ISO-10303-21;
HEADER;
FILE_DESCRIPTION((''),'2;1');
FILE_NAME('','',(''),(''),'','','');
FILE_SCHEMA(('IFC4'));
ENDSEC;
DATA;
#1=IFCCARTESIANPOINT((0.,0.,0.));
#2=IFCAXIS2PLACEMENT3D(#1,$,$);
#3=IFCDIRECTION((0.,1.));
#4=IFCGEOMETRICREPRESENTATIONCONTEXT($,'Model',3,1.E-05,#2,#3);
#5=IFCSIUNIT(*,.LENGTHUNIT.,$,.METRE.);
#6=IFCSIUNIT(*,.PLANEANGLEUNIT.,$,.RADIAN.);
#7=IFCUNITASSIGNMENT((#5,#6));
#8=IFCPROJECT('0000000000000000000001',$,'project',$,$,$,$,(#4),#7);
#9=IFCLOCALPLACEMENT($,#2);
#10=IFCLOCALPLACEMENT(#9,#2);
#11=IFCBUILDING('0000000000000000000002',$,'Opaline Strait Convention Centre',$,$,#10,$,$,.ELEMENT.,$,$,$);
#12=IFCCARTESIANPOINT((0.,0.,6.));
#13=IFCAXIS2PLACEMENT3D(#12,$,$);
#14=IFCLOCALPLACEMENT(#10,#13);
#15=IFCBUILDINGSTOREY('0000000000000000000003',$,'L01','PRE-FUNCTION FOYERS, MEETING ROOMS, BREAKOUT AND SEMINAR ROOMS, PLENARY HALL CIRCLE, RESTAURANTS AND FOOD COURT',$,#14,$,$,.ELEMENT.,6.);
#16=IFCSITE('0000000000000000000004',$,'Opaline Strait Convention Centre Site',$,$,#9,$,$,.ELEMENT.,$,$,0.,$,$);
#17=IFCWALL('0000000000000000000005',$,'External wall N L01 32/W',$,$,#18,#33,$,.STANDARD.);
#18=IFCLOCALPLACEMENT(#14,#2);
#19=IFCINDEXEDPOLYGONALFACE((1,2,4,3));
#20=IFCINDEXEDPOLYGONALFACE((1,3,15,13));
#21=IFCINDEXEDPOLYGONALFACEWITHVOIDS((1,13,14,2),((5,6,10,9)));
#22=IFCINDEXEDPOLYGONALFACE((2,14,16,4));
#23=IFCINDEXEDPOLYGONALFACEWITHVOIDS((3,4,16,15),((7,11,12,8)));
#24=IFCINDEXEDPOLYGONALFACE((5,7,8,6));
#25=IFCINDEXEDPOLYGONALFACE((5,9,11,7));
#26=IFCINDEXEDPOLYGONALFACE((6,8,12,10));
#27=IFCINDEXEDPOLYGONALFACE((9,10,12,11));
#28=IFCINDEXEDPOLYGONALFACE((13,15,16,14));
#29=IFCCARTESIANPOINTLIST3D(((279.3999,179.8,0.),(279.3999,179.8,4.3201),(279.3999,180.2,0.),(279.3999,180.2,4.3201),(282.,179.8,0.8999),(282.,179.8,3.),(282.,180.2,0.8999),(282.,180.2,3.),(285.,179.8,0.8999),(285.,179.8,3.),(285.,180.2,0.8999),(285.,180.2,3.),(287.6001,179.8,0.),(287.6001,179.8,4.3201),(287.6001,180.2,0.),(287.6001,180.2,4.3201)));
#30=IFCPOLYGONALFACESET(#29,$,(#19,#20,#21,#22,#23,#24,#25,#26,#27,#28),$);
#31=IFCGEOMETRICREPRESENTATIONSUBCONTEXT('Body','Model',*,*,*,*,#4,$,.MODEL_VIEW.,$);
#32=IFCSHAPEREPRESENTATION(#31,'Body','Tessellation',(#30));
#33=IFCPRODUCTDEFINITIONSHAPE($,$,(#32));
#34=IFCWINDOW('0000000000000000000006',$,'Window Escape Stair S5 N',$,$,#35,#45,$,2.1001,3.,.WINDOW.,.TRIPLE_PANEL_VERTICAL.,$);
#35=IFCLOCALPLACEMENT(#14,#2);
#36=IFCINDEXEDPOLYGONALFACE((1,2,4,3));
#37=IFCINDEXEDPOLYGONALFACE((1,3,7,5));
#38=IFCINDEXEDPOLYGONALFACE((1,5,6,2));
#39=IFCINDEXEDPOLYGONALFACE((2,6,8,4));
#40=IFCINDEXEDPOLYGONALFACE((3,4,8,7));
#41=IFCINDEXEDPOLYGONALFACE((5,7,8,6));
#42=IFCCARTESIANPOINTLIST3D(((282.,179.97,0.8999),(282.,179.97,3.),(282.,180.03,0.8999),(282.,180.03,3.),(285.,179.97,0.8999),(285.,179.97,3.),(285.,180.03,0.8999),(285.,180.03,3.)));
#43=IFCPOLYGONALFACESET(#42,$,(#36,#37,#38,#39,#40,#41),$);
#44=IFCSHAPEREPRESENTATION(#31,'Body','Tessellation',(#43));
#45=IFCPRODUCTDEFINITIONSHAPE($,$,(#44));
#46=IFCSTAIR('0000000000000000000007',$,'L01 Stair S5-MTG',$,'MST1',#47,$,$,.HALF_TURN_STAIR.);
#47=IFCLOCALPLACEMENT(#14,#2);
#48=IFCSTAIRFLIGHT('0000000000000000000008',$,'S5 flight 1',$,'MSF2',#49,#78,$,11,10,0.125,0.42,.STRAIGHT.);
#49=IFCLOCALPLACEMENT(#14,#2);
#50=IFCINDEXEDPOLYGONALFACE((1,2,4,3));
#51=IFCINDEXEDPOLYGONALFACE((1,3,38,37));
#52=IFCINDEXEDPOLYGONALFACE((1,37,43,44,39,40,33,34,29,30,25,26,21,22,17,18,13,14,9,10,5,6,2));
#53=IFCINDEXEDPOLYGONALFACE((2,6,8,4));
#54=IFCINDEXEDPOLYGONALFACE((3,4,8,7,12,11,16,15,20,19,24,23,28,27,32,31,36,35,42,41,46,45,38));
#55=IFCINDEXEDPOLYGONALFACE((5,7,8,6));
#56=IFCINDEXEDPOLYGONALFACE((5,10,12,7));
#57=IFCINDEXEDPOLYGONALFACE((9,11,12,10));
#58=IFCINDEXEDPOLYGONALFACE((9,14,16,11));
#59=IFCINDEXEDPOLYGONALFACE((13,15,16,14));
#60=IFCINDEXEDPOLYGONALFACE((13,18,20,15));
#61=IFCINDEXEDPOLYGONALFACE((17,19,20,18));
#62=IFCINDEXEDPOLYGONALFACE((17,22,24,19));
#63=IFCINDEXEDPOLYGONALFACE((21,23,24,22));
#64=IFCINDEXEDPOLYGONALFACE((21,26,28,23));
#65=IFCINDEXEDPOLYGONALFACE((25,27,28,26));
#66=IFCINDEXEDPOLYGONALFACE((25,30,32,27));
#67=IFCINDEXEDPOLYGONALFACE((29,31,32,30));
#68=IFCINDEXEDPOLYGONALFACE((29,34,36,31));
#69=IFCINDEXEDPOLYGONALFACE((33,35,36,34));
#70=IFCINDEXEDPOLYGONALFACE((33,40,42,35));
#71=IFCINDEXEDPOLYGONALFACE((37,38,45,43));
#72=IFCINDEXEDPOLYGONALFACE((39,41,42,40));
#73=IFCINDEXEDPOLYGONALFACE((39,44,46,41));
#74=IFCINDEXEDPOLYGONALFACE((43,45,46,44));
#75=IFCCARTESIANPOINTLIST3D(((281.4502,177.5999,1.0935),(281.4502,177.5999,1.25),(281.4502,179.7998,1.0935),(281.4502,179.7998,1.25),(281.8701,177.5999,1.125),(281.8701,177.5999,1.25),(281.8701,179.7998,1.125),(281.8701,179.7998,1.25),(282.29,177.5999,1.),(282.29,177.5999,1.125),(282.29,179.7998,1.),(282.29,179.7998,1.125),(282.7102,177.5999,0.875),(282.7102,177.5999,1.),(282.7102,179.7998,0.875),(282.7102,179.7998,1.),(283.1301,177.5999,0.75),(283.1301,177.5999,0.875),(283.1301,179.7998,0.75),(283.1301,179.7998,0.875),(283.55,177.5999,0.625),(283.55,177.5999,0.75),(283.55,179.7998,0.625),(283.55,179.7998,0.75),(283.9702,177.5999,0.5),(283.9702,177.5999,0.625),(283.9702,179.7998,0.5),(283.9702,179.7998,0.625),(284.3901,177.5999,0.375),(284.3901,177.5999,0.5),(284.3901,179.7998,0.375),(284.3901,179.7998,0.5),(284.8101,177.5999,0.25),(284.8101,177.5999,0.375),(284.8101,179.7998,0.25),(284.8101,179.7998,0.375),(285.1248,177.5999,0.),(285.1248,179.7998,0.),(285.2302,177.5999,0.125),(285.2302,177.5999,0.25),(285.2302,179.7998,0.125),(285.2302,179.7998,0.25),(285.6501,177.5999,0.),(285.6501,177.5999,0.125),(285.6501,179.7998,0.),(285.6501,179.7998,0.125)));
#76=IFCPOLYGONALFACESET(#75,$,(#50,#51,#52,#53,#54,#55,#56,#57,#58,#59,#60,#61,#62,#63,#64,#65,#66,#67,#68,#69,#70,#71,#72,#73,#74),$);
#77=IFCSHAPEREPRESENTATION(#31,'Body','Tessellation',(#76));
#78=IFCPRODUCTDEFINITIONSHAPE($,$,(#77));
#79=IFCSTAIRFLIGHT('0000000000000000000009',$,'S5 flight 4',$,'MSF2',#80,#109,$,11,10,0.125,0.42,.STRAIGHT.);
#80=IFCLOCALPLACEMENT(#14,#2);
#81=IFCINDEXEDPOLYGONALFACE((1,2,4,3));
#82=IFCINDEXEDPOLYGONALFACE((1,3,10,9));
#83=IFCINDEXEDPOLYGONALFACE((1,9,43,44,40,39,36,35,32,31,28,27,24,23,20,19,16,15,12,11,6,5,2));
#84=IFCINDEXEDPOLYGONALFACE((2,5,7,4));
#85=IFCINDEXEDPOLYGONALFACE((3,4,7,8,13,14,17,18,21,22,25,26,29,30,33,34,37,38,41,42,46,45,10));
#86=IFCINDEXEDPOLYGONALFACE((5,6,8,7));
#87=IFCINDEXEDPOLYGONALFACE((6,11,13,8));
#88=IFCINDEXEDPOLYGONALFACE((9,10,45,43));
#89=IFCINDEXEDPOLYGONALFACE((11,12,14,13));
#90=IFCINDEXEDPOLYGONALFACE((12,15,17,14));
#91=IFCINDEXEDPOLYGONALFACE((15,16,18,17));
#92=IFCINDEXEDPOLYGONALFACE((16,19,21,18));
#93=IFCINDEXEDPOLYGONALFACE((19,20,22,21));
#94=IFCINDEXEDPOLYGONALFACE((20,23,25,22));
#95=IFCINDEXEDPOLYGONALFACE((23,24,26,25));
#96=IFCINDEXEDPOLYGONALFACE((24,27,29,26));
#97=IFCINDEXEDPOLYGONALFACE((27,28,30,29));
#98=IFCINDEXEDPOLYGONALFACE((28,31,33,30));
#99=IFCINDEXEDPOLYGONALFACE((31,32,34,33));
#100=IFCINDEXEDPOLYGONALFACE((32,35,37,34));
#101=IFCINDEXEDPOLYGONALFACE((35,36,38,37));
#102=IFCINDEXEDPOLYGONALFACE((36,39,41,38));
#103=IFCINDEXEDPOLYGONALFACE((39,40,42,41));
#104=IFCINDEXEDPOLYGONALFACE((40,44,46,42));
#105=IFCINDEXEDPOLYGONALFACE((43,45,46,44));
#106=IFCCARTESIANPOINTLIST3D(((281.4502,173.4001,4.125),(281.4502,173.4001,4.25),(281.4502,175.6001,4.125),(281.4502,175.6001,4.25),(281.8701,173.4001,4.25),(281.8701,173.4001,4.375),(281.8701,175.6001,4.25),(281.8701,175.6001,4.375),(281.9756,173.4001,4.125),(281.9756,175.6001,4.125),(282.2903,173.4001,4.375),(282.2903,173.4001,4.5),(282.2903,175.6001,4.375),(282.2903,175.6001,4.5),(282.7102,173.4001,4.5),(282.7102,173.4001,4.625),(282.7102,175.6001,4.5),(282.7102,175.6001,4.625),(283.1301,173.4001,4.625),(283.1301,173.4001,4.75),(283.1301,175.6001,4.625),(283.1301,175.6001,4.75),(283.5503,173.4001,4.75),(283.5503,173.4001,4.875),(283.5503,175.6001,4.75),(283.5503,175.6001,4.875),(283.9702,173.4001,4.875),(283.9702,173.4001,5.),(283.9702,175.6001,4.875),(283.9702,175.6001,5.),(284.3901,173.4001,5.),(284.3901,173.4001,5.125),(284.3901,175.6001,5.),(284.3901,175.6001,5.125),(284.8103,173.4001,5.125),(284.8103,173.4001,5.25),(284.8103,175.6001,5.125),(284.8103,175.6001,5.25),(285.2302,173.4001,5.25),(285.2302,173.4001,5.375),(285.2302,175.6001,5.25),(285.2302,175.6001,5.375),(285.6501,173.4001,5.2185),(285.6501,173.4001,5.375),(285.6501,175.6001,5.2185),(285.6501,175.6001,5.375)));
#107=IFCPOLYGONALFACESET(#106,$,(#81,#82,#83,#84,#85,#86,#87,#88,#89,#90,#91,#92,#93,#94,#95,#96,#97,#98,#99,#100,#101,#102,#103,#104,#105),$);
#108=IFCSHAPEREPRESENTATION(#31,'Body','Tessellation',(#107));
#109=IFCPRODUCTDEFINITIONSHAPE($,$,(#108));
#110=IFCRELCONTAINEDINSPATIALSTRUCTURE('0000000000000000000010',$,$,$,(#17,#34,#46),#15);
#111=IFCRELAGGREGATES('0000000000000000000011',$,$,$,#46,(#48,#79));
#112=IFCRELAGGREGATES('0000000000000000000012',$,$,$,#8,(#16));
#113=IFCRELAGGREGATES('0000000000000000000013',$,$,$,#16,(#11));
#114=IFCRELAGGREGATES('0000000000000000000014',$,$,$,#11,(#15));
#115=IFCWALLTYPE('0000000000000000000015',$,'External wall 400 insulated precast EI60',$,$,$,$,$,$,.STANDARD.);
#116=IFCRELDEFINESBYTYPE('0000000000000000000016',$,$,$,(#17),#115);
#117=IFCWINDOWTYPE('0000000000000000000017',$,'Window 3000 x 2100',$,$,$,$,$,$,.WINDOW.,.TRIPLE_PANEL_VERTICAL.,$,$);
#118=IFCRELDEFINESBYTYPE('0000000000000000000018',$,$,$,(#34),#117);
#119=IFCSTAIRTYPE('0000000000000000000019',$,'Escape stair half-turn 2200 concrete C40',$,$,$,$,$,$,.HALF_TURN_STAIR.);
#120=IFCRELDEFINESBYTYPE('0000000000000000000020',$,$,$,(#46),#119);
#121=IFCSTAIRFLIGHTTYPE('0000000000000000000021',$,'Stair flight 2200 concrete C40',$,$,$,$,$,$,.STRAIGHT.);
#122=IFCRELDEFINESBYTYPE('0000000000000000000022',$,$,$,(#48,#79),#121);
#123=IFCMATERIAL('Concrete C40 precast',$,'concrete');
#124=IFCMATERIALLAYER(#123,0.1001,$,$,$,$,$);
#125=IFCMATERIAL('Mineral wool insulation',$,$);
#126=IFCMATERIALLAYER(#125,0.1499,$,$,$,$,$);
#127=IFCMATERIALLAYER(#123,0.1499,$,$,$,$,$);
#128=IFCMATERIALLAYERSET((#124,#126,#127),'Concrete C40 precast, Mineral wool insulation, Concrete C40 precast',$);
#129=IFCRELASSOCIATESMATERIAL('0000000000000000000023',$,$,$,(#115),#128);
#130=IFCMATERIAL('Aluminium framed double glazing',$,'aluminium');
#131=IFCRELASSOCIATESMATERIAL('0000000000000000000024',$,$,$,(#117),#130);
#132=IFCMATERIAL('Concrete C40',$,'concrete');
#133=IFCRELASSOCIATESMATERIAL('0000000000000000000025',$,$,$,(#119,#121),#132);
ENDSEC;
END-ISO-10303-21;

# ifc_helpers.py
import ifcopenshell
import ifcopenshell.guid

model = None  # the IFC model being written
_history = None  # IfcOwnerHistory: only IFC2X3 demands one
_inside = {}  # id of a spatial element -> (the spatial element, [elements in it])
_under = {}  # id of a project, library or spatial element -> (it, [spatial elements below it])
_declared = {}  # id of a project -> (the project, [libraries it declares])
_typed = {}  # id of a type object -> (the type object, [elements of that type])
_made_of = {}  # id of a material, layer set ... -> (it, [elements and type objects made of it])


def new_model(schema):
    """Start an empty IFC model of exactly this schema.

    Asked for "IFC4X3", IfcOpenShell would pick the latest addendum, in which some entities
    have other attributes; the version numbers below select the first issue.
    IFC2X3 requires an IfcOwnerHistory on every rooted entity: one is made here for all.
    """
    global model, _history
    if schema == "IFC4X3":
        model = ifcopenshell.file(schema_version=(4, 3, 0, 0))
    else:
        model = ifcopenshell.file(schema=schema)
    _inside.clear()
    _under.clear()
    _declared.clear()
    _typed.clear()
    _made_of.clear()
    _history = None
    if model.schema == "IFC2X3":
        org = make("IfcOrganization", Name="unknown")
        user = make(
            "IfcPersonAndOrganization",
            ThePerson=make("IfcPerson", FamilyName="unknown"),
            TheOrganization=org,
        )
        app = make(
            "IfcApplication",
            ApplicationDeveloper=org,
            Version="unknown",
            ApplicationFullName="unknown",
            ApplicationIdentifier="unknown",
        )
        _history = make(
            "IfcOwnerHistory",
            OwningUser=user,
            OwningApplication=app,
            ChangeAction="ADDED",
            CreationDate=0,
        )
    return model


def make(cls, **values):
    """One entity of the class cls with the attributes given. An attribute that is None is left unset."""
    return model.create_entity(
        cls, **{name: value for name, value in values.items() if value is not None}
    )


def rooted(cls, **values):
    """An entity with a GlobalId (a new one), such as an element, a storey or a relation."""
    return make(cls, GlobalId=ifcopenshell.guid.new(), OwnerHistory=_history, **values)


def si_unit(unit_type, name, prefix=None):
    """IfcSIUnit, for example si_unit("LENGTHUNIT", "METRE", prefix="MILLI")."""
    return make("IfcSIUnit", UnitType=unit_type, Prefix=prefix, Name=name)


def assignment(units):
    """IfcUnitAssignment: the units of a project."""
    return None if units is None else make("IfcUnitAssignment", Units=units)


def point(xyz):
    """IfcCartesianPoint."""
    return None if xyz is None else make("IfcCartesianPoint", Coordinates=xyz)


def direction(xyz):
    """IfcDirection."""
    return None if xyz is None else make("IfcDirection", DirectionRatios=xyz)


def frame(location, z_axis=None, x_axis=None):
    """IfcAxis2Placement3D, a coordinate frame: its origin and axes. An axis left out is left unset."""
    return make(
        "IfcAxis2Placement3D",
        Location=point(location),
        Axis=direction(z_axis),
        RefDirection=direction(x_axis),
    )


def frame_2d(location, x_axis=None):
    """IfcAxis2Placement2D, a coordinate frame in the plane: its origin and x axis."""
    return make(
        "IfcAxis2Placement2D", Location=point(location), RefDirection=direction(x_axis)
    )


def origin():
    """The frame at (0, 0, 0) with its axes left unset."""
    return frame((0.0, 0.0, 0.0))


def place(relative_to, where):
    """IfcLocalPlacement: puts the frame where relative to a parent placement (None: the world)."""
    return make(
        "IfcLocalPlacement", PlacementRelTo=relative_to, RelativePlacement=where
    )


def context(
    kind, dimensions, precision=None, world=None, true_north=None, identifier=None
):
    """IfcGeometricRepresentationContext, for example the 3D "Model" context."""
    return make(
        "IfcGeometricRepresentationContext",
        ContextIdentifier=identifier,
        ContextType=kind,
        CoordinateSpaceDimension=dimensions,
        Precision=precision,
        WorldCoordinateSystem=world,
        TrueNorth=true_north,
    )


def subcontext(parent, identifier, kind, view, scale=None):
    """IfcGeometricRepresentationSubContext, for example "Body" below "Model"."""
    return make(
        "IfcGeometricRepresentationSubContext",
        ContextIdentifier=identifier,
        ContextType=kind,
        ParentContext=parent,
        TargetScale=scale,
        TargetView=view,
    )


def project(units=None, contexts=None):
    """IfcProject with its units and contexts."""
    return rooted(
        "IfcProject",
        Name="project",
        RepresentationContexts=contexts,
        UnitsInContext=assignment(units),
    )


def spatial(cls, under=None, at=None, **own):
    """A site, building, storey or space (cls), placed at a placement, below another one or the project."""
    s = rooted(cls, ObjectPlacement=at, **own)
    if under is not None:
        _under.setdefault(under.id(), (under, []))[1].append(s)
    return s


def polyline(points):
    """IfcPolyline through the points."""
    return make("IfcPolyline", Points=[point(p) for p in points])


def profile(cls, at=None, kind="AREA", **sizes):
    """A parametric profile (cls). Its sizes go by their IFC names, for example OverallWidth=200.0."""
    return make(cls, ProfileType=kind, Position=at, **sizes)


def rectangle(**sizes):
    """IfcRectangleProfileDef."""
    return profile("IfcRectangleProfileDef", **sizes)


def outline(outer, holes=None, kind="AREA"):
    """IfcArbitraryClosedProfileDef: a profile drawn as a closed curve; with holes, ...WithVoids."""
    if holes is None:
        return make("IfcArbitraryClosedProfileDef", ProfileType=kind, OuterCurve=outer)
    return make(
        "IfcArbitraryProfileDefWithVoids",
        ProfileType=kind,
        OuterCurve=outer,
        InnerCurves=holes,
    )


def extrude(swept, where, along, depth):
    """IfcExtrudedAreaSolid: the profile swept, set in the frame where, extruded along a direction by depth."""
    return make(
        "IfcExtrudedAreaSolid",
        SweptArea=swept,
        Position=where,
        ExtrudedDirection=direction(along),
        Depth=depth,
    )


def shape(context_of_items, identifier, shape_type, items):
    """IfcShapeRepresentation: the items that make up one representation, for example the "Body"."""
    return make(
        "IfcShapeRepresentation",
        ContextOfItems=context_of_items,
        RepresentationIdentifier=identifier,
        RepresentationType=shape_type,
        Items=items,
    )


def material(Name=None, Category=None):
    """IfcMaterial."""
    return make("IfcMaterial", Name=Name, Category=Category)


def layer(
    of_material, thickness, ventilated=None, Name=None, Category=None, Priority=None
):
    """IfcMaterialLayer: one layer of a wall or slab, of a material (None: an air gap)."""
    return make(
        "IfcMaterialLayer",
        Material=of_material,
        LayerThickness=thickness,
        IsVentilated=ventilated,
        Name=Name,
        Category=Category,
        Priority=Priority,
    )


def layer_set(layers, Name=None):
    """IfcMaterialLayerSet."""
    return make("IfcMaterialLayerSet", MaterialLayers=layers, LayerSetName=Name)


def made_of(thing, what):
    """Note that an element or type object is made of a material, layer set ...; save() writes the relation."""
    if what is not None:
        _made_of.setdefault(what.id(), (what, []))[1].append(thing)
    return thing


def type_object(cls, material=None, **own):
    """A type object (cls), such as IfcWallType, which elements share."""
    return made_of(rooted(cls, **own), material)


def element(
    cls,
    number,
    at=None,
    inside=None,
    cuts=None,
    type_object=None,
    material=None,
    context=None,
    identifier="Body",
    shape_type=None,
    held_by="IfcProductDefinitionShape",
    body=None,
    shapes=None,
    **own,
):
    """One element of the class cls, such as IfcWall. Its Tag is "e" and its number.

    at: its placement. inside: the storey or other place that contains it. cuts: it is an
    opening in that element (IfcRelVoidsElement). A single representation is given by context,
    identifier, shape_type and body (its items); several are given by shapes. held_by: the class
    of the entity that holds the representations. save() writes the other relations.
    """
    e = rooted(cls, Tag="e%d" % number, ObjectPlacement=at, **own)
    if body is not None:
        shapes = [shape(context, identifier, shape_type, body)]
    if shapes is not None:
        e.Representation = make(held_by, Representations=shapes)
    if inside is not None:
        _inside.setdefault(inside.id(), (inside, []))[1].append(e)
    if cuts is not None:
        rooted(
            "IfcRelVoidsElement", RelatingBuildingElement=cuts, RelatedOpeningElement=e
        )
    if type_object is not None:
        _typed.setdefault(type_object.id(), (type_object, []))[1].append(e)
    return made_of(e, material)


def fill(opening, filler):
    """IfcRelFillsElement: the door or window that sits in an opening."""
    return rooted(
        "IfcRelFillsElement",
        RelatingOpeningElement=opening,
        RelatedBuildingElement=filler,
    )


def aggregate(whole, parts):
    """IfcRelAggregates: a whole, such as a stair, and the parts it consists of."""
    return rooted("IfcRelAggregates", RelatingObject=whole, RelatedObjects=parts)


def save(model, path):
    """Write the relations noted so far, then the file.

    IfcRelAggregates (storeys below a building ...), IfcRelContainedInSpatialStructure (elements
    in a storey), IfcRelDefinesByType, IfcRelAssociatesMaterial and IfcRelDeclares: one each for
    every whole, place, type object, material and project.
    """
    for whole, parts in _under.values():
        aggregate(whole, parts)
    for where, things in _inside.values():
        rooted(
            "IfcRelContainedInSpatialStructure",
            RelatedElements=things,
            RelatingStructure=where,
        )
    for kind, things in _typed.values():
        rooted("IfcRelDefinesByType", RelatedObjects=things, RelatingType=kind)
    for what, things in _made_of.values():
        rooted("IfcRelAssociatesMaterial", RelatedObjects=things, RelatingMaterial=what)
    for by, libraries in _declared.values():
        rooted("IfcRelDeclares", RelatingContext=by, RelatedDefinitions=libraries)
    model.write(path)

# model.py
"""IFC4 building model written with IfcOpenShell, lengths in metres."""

from ifc_helpers import new_model, si_unit, direction, frame, frame_2d, origin, place, context, subcontext, project, spatial, polyline, rectangle, outline, extrude, material, layer, layer_set, type_object, element, fill, aggregate, save


model = new_model("IFC4")

# Units and contexts
model_context = context("Model", 3, precision=1e-05, world=origin(), true_north=direction((0.0, 1.0)))
body_context = subcontext(model_context, "Body", "Model", "MODEL_VIEW")
ifc_project = project(units=[si_unit("LENGTHUNIT", "METRE"), si_unit("PLANEANGLEUNIT", "RADIAN")], contexts=[model_context])

# Site, building, storey
site_placement = place(None, origin())
site = spatial("IfcSite", under=ifc_project, at=site_placement, Name="Opaline Strait Convention Centre Site", CompositionType="ELEMENT", RefElevation=0.0)
building_placement = place(site_placement, origin())
building = spatial("IfcBuilding", under=site, at=building_placement, Name="Opaline Strait Convention Centre", CompositionType="ELEMENT")
storey_placement = place(building_placement, frame((0.0, 0.0, 6.0)))
storey = spatial("IfcBuildingStorey", under=building, at=storey_placement, Name="L01", Description="PRE-FUNCTION FOYERS, MEETING ROOMS, BREAKOUT AND SEMINAR ROOMS, PLENARY HALL CIRCLE, RESTAURANTS AND FOOD COURT", CompositionType="ELEMENT", Elevation=6.0)

# Shared definitions
ifc_material_1 = material(Name="Concrete C40", Category="concrete")

# Wall, opening, window
ifc_material_2 = material(Name="Concrete C40 precast", Category="concrete")
ifc_layer_1 = layer(ifc_material_2, 0.1001)
ifc_material_3 = material(Name="Mineral wool insulation")
ifc_layer_2 = layer(ifc_material_3, 0.1499)
ifc_layer_3 = layer(ifc_material_2, 0.1499)
ifc_layer_set_1 = layer_set([ifc_layer_1, ifc_layer_2, ifc_layer_3], Name="Concrete C40 precast, Mineral wool insulation, Concrete C40 precast")
wall_type = type_object("IfcWallType", Name="External wall 400 insulated precast EI60", PredefinedType="STANDARD", material=ifc_layer_set_1)
wall_placement = place(storey_placement, frame((279.3999, 180.0, 0.0), z_axis=(0.0, 0.0, 1.0), x_axis=(1.0, 0.0, 0.0)))
wall = element("IfcWall", 1, at=wall_placement, inside=storey, type_object=wall_type, Name="External wall N L01 32/W", PredefinedType="STANDARD", context=body_context, shape_type="SweptSolid", body=[
    extrude(rectangle(XDim=8.2002, YDim=0.3999, at=frame_2d((4.1001, 0.0))), origin(), (0.0, 0.0, 1.0), 4.3201),
])
opening_placement = place(wall_placement, frame((2.6001, 0.0, 0.8999)))
opening = element("IfcOpeningElement", 2, at=opening_placement, cuts=wall, PredefinedType="OPENING", context=body_context, shape_type="SweptSolid", body=[
    extrude(rectangle(XDim=3.0, YDim=2.1001, at=frame_2d((1.5, 1.05))), frame((0.0, 0.21, 0.0), z_axis=(0.0, -1.0, 0.0), x_axis=(1.0, 0.0, 0.0)), (0.0, 0.0, 1.0), 0.4199),
])
ifc_material_4 = material(Name="Aluminium framed double glazing", Category="aluminium")
window_type = type_object("IfcWindowType", Name="Window 3000 x 2100", PartitioningType="TRIPLE_PANEL_VERTICAL", PredefinedType="WINDOW", material=ifc_material_4)
window_placement = place(opening_placement, origin())
window = element("IfcWindow", 3, at=window_placement, inside=storey, type_object=window_type, Name="Window Escape Stair S5 N", OverallHeight=2.1001, OverallWidth=3.0, PartitioningType="TRIPLE_PANEL_VERTICAL", PredefinedType="WINDOW", context=body_context, shape_type="SweptSolid", body=[
    extrude(rectangle(XDim=3.0, YDim=2.1001, at=frame_2d((1.5, 1.05))), frame((0.0, 0.03, 0.0), z_axis=(0.0, -1.0, 0.0), x_axis=(1.0, 0.0, 0.0)), (0.0, 0.0, 1.0), 0.0601),
])
fill(opening, window)

# Stair, stair flights
stair_type = type_object("IfcStairType", Name="Escape stair half-turn 2200 concrete C40", PredefinedType="HALF_TURN_STAIR", material=ifc_material_1)
stair_placement = place(storey_placement, origin())
stair = element("IfcStair", 4, at=stair_placement, inside=storey, type_object=stair_type, Name="L01 Stair S5-MTG", ObjectType="MST1", PredefinedType="HALF_TURN_STAIR")
stair_flight_type = type_object("IfcStairFlightType", Name="Stair flight 2200 concrete C40", PredefinedType="STRAIGHT", material=ifc_material_1)
stair_flight_1_placement = place(storey_placement, frame((285.6501, 178.7, 0.0), z_axis=(0.0, 0.0, 1.0), x_axis=(-1.0, 0.0, 0.0)))
stair_flight_1 = element("IfcStairFlight", 5, at=stair_flight_1_placement, type_object=stair_flight_type, Name="S5 flight 1", ObjectType="MSF2", NumberOfRisers=11, NumberOfTreads=10, PredefinedType="STRAIGHT", RiserHeight=0.125, TreadLength=0.42, context=body_context, shape_type="SweptSolid", body=[
    extrude(outline(polyline([(0.0, 0.0), (0.0, 0.125), (0.4199, 0.125), (0.4199, 0.25), (0.8401, 0.25), (0.8401, 0.375), (1.26, 0.375), (1.26, 0.5), (1.6799, 0.5), (1.6799, 0.625), (2.1001, 0.625), (2.1001, 0.75), (2.52, 0.75), (2.52, 0.875), (2.9399, 0.875), (2.9399, 1.0), (3.3601, 1.0), (3.3601, 1.125), (3.78, 1.125), (3.78, 1.25), (4.2, 1.25), (4.2, 1.375), (4.2, 1.0935), (0.5254, 0.0), (0.0, 0.0)])), frame((0.0, 1.1001, 0.0), z_axis=(0.0, -1.0, 0.0), x_axis=(1.0, 0.0, 0.0)), (0.0, 0.0, 1.0), 2.2),
])
stair_flight_2_placement = place(storey_placement, frame((281.4502, 174.5, 4.125), z_axis=(0.0, 0.0, 1.0), x_axis=(1.0, 0.0, 0.0)))
stair_flight_2 = element("IfcStairFlight", 6, at=stair_flight_2_placement, type_object=stair_flight_type, Name="S5 flight 4", ObjectType="MSF2", NumberOfRisers=11, NumberOfTreads=10, PredefinedType="STRAIGHT", RiserHeight=0.125, TreadLength=0.42, context=body_context, shape_type="SweptSolid", body=[
    extrude(outline(polyline([(0.0, 0.0), (0.0, 0.125), (0.4199, 0.125), (0.4199, 0.25), (0.8401, 0.25), (0.8401, 0.375), (1.26, 0.375), (1.26, 0.5), (1.6799, 0.5), (1.6799, 0.625), (2.1001, 0.625), (2.1001, 0.75), (2.52, 0.75), (2.52, 0.875), (2.9399, 0.875), (2.9399, 1.0), (3.3601, 1.0), (3.3601, 1.125), (3.78, 1.125), (3.78, 1.25), (4.2, 1.25), (4.2, 1.375), (4.2, 1.0935), (0.5254, 0.0), (0.0, 0.0)])), frame((0.0, 1.1001, 0.0), z_axis=(0.0, -1.0, 0.0), x_axis=(1.0, 0.0, 0.0)), (0.0, 0.0, 1.0), 2.2),
])
aggregate(stair, [stair_flight_1, stair_flight_2])

save(model, "model.ifc")
